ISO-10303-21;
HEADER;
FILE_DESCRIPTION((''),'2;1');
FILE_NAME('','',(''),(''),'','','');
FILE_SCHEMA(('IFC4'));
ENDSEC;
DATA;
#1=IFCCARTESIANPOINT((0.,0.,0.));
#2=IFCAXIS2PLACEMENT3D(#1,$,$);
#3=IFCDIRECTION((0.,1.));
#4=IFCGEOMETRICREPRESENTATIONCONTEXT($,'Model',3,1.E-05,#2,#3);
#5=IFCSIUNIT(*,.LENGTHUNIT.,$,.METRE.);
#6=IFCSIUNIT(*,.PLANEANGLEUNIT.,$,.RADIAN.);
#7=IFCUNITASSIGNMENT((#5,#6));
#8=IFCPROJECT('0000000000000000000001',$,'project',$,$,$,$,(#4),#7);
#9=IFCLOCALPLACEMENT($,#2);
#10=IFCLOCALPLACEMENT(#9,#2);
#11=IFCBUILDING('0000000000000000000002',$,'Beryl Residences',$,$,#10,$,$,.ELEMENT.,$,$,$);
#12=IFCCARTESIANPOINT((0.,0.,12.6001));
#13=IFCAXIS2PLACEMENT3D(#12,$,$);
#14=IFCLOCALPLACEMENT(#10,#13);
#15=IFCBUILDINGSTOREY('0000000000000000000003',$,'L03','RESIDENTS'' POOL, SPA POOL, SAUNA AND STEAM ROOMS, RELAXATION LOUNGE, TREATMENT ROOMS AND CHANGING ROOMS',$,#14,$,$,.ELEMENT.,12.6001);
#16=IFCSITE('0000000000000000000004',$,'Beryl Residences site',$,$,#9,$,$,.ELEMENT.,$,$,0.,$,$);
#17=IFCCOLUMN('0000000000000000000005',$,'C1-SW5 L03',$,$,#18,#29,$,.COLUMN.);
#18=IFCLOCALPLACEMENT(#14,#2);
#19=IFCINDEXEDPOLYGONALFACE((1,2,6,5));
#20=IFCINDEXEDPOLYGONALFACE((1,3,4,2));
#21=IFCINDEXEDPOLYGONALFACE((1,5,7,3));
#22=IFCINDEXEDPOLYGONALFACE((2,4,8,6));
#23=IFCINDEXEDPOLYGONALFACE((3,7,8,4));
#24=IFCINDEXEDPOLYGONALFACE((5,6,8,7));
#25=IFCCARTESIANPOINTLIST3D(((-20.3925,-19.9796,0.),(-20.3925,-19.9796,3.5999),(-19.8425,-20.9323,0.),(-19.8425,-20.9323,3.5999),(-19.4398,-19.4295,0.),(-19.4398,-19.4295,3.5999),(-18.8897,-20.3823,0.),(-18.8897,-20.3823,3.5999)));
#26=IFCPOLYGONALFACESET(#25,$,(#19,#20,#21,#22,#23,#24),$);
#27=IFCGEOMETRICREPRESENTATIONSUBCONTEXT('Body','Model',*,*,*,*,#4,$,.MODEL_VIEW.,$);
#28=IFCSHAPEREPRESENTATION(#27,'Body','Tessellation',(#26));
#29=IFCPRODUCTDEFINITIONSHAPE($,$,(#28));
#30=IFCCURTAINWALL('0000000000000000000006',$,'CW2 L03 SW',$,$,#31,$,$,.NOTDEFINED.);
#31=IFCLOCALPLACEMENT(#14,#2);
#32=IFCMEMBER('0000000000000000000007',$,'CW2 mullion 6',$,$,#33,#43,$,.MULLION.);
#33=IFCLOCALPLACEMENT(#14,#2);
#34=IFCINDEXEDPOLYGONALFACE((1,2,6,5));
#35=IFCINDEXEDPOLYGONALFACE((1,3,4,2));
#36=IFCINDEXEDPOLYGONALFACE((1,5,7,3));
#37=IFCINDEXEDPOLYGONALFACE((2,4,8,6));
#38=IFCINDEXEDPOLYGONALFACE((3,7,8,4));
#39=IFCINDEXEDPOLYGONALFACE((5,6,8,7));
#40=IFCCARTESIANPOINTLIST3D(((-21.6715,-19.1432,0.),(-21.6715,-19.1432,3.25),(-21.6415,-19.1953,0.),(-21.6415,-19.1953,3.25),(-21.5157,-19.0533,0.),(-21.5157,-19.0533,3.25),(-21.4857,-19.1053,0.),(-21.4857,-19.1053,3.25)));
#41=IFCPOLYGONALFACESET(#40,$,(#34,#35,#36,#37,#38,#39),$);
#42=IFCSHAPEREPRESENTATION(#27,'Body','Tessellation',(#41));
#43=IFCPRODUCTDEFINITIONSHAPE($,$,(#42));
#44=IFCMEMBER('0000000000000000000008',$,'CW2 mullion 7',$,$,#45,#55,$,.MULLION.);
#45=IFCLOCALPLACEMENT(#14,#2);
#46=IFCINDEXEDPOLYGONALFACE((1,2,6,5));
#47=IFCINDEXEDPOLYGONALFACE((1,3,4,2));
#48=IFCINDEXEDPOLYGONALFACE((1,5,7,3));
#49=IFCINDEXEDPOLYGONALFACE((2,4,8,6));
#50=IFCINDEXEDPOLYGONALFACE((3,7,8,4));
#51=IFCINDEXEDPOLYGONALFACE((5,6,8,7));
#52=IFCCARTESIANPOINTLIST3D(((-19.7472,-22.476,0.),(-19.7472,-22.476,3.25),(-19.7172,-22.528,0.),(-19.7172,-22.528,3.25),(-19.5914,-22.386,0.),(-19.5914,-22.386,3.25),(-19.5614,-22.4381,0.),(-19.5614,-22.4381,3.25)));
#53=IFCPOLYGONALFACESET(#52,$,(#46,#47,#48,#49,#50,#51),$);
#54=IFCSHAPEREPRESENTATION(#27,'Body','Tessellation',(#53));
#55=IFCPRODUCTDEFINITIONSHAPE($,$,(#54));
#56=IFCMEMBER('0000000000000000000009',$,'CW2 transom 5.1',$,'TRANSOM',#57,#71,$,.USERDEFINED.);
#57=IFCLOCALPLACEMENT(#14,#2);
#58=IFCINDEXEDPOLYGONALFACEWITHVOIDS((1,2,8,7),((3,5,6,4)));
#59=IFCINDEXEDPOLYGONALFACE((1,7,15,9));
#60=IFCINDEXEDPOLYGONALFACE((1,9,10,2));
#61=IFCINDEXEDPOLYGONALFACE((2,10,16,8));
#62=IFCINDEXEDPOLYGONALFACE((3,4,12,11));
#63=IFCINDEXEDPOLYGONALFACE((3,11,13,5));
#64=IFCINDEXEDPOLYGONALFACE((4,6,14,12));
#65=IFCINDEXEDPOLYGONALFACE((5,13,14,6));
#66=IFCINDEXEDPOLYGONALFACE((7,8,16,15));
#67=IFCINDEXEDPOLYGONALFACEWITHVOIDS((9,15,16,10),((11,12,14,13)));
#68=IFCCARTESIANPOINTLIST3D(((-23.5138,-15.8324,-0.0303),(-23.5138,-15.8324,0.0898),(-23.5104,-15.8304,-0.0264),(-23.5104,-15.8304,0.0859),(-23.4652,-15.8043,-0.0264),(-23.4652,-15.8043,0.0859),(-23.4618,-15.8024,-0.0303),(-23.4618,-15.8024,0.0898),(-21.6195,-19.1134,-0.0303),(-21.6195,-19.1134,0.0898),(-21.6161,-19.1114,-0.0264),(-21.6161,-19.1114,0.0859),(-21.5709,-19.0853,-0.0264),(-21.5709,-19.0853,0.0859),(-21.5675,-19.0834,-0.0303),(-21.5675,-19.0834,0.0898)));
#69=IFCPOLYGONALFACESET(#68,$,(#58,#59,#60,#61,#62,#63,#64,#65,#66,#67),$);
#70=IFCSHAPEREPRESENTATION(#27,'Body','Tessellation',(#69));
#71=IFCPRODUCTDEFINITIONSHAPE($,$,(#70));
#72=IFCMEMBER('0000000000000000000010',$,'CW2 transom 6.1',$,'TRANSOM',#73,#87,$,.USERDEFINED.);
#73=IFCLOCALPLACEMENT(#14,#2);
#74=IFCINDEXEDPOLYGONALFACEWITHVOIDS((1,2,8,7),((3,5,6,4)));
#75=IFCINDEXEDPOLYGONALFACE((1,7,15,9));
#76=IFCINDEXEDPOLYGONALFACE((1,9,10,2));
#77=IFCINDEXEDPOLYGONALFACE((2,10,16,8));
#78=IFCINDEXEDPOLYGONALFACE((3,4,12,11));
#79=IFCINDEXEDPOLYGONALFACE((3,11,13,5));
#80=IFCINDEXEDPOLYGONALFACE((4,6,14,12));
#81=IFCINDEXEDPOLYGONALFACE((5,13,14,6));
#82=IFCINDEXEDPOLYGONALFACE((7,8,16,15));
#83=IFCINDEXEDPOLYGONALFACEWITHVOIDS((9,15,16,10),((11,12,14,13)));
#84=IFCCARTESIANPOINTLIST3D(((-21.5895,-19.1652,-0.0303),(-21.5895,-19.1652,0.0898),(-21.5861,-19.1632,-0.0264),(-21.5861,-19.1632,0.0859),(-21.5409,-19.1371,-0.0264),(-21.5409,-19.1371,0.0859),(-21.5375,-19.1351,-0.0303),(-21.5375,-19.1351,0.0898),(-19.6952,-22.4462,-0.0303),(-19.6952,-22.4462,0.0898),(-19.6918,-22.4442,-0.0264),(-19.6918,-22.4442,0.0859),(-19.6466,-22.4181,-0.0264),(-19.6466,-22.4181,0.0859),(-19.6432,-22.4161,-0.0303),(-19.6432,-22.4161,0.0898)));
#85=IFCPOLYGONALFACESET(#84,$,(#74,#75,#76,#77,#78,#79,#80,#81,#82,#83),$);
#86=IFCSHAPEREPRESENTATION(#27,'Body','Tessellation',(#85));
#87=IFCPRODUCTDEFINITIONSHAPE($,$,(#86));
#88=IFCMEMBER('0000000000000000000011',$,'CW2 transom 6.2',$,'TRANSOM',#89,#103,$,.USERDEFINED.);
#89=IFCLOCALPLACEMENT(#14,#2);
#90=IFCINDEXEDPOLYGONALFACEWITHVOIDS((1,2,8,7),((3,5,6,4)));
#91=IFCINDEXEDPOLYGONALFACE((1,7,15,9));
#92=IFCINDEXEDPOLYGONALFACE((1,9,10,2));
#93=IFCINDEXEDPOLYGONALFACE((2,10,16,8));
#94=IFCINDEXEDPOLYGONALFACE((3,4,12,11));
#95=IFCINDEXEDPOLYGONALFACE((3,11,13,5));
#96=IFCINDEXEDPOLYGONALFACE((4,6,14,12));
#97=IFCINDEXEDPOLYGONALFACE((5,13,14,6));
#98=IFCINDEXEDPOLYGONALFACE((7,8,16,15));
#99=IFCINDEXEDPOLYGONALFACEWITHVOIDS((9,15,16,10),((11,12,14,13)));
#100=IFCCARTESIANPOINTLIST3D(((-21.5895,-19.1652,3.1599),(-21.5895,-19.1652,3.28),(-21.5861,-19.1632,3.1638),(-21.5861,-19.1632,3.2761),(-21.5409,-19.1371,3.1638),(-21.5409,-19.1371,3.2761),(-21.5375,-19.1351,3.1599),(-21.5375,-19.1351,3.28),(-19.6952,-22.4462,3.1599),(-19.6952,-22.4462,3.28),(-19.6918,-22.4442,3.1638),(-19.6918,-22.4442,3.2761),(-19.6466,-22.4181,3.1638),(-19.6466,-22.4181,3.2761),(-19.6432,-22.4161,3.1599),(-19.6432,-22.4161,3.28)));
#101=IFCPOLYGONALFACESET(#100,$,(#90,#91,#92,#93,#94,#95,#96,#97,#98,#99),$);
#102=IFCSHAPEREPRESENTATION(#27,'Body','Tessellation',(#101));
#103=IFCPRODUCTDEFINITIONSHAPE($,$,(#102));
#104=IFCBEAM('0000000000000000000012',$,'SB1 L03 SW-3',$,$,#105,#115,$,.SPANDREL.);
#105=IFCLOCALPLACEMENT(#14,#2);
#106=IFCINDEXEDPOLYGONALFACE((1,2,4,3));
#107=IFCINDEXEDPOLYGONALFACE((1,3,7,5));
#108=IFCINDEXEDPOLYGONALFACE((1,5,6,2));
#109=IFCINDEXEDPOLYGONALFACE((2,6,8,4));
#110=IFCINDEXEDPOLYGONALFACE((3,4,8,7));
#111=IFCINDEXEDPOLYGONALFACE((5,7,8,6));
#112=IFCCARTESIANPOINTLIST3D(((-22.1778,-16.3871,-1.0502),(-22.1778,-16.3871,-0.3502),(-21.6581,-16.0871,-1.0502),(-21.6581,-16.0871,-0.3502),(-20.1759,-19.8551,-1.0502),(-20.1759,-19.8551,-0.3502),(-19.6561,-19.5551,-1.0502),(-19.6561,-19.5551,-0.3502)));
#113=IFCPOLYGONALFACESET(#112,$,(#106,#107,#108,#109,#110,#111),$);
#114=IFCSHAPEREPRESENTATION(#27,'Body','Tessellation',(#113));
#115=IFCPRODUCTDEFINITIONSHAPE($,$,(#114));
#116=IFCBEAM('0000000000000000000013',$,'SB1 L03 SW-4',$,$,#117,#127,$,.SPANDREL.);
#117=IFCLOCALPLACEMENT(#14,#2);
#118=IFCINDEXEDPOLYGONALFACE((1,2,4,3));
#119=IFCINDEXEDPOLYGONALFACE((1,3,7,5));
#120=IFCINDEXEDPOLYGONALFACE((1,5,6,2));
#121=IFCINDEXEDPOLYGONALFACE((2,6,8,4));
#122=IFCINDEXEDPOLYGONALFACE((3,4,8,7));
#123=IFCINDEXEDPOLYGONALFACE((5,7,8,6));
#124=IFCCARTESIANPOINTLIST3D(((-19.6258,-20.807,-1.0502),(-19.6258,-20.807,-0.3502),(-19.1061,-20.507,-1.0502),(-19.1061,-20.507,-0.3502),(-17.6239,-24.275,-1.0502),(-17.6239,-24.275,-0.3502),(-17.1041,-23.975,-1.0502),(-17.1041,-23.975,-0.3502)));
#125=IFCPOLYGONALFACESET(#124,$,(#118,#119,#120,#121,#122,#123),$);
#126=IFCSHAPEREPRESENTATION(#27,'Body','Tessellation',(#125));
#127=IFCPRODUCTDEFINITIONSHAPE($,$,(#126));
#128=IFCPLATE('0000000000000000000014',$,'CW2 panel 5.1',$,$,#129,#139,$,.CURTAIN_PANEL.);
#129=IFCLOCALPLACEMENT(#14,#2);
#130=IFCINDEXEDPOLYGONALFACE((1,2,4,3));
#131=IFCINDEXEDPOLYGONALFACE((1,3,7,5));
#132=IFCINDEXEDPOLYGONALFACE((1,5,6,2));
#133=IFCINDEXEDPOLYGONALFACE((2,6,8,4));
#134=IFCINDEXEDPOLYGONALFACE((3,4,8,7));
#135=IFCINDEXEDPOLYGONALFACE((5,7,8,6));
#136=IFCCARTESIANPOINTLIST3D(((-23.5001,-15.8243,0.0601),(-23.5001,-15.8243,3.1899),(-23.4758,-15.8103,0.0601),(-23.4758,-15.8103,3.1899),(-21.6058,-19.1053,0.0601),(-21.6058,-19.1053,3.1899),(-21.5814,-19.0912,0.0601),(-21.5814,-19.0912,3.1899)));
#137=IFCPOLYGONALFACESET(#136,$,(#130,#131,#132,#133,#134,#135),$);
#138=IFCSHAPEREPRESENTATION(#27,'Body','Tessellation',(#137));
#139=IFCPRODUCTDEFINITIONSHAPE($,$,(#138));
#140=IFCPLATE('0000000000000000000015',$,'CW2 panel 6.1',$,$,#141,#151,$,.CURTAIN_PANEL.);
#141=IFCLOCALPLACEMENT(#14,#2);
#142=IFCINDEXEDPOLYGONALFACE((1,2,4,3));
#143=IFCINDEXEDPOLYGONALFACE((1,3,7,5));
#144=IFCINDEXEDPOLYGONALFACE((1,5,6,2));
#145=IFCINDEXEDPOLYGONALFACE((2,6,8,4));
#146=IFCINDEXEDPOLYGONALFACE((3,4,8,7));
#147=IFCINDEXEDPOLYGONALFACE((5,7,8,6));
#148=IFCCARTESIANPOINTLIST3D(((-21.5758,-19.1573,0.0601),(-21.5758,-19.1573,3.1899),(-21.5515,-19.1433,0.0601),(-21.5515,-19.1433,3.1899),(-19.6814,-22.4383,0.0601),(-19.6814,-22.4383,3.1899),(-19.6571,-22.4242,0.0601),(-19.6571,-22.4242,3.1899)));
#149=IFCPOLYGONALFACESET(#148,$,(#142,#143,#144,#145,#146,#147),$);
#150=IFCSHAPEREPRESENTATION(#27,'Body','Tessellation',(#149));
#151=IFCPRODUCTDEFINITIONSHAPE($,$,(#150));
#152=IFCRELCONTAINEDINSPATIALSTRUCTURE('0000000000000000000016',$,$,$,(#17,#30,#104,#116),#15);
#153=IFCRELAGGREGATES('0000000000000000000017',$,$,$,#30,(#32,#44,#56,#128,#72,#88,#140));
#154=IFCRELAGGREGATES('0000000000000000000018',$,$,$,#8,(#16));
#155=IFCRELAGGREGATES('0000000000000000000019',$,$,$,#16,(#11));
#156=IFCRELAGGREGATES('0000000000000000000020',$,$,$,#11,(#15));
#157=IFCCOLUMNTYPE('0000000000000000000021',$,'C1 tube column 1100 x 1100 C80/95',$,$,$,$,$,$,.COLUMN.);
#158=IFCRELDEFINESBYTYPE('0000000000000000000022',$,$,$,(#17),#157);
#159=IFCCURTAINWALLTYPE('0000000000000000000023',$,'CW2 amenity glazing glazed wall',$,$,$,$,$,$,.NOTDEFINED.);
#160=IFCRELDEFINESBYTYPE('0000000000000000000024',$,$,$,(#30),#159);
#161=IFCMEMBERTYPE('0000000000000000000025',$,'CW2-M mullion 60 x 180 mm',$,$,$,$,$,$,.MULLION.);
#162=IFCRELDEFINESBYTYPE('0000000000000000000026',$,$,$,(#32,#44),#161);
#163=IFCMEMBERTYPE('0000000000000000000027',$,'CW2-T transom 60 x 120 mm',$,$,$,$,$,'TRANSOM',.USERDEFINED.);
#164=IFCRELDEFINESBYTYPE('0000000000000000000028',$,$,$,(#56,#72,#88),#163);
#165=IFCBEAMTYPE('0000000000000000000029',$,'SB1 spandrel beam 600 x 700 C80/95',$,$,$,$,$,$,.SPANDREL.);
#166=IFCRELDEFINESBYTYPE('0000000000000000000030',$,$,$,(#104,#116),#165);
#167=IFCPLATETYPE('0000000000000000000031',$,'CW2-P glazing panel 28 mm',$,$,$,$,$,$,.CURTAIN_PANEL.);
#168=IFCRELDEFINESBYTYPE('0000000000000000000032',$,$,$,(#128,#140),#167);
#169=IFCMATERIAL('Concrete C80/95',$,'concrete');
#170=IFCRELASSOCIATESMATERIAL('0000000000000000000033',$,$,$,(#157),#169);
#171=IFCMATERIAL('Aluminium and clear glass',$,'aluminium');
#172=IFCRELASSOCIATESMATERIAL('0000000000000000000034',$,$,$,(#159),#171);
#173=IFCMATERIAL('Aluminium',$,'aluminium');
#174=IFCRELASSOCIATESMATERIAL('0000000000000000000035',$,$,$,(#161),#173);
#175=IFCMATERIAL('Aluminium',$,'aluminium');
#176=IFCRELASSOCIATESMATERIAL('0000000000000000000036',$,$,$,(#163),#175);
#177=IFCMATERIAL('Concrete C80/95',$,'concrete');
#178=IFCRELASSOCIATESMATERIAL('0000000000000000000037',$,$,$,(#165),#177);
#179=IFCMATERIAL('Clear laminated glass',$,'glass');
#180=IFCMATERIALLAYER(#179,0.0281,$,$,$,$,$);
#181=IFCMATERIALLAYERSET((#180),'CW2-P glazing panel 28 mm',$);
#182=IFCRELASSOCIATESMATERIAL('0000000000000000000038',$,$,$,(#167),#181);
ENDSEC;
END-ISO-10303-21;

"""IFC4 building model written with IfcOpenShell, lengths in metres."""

from ifc_helpers import new_model, si_unit, direction, frame, origin, origin_2d, place, context, subcontext, project, spatial, rectangle, hollow_rectangle, extrude, material, layer, layer_set, material_profile, profile_set, type_object, element, aggregate, save


model = new_model("IFC4")

# Units and contexts
model_context = context("Model", 3, precision=1e-05, world=origin(), true_north=direction((0.0, 1.0)))
body_context = subcontext(model_context, "Body", "Model", "MODEL_VIEW")
ifc_project = project(units=[si_unit("LENGTHUNIT", "METRE"), si_unit("PLANEANGLEUNIT", "RADIAN")], contexts=[model_context])

# Site, building, storey
site_placement = place(None, origin())
site = spatial("IfcSite", under=ifc_project, at=site_placement, Name="Beryl Residences site", CompositionType="ELEMENT", RefElevation=0.0)
building_placement = place(site_placement, origin())
building = spatial("IfcBuilding", under=site, at=building_placement, Name="Beryl Residences", CompositionType="ELEMENT")
storey_placement = place(building_placement, frame((0.0, 0.0, 12.6001)))
storey = spatial("IfcBuildingStorey", under=building, at=storey_placement, Name="L03", Description="RESIDENTS' POOL, SPA POOL, SAUNA AND STEAM ROOMS, RELAXATION LOUNGE, TREATMENT ROOMS AND CHANGING ROOMS", CompositionType="ELEMENT", Elevation=12.6001)

# Column
ifc_material_1 = material(Name="Concrete C80/95", Category="concrete")
ifc_material_profile_1 = material_profile(ifc_material_1, rectangle(XDim=1.1001, YDim=1.1001, at=origin_2d()))
ifc_profile_set_1 = profile_set([ifc_material_profile_1], Name="Concrete C80/95")
column_type = type_object("IfcColumnType", Name="C1 tube column 1100 x 1100 C80/95", PredefinedType="COLUMN", material=ifc_profile_set_1)
column_placement = place(storey_placement, frame((-19.6411, -20.1809, 0.0), z_axis=(0.0, 0.0, 1.0), x_axis=(0.499985, -0.866034, 0.0)))
element("IfcColumn", 1, at=column_placement, inside=storey, type_object=column_type, Name="C1-SW5 L03", PredefinedType="COLUMN", context=body_context, shape_type="SweptSolid", body=[
    extrude(rectangle(XDim=1.1001, YDim=1.1001, at=origin_2d()), origin(), (0.0, 0.0, 1.0), 3.5999),
])

# Curtain wall, members
ifc_material_2 = material(Name="Aluminium and clear glass", Category="aluminium")
curtain_wall_type = type_object("IfcCurtainWallType", Name="CW2 amenity glazing glazed wall", PredefinedType="NOTDEFINED", material=ifc_material_2)
curtain_wall_placement = place(storey_placement, origin())
curtain_wall = element("IfcCurtainWall", 2, at=curtain_wall_placement, inside=storey, type_object=curtain_wall_type, Name="CW2 L03 SW", PredefinedType="NOTDEFINED")
ifc_material_3 = material(Name="Aluminium", Category="aluminium")
ifc_material_profile_2 = material_profile(ifc_material_3, rectangle(XDim=0.0601, YDim=0.1799, at=origin_2d()))
ifc_profile_set_2 = profile_set([ifc_material_profile_2], Name="Aluminium")
member_type_1 = type_object("IfcMemberType", Name="CW2-M mullion 60 x 180 mm", PredefinedType="MULLION", material=ifc_profile_set_2)
member_1_placement = place(storey_placement, frame((-21.5786, -19.1243, 0.0), z_axis=(0.0, 0.0, 1.0), x_axis=(0.500012, -0.866019, 0.0)))
member_1 = element("IfcMember", 3, at=member_1_placement, type_object=member_type_1, Name="CW2 mullion 6", PredefinedType="MULLION", context=body_context, shape_type="SweptSolid", body=[
    extrude(rectangle(XDim=0.0601, YDim=0.1799, at=origin_2d()), origin(), (0.0, 0.0, 1.0), 3.25),
])
member_2_placement = place(storey_placement, frame((-19.6543, -22.457, 0.0), z_axis=(0.0, 0.0, 1.0), x_axis=(0.500012, -0.866019, 0.0)))
member_2 = element("IfcMember", 4, at=member_2_placement, type_object=member_type_1, Name="CW2 mullion 7", PredefinedType="MULLION", context=body_context, shape_type="SweptSolid", body=[
    extrude(rectangle(XDim=0.0601, YDim=0.1799, at=origin_2d()), origin(), (0.0, 0.0, 1.0), 3.25),
])
ifc_material_4 = material(Name="Aluminium", Category="aluminium")
ifc_material_profile_3 = material_profile(ifc_material_4, hollow_rectangle(XDim=0.0601, YDim=0.1201, WallThickness=0.0039, at=origin_2d()))
ifc_profile_set_3 = profile_set([ifc_material_profile_3], Name="Aluminium")
member_type_2 = type_object("IfcMemberType", Name="CW2-T transom 60 x 120 mm", ElementType="TRANSOM", PredefinedType="USERDEFINED", material=ifc_profile_set_3)
member_3_placement = place(storey_placement, frame((-23.4878, -15.8174, 0.0298), z_axis=(0.5, -0.866026, 0.0), x_axis=(0.866026, 0.5, 0.0)))
member_3 = element("IfcMember", 5, at=member_3_placement, type_object=member_type_2, Name="CW2 transom 5.1", ObjectType="TRANSOM", PredefinedType="USERDEFINED", context=body_context, shape_type="SweptSolid", body=[
    extrude(hollow_rectangle(XDim=0.0601, YDim=0.1201, WallThickness=0.0039, at=origin_2d()), origin(), (0.0, 0.0, 1.0), 3.7886),
])
member_4_placement = place(storey_placement, frame((-21.5635, -19.1501, 0.0298), z_axis=(0.5, -0.866026, 0.0), x_axis=(0.866026, 0.5, 0.0)))
member_4 = element("IfcMember", 6, at=member_4_placement, type_object=member_type_2, Name="CW2 transom 6.1", ObjectType="TRANSOM", PredefinedType="USERDEFINED", context=body_context, shape_type="SweptSolid", body=[
    extrude(hollow_rectangle(XDim=0.0601, YDim=0.1201, WallThickness=0.0039, at=origin_2d()), origin(), (0.0, 0.0, 1.0), 3.7886),
])
member_5_placement = place(storey_placement, frame((-21.5635, -19.1501, 3.22), z_axis=(0.5, -0.866026, 0.0), x_axis=(0.866026, 0.5, 0.0)))
member_5 = element("IfcMember", 7, at=member_5_placement, type_object=member_type_2, Name="CW2 transom 6.2", ObjectType="TRANSOM", PredefinedType="USERDEFINED", context=body_context, shape_type="SweptSolid", body=[
    extrude(hollow_rectangle(XDim=0.0601, YDim=0.1201, WallThickness=0.0039, at=origin_2d()), origin(), (0.0, 0.0, 1.0), 3.7886),
])

# Beams
ifc_material_5 = material(Name="Concrete C80/95", Category="concrete")
ifc_material_profile_4 = material_profile(ifc_material_5, rectangle(XDim=0.6001, YDim=0.7, at=origin_2d()))
ifc_profile_set_4 = profile_set([ifc_material_profile_4], Name="Concrete C80/95")
beam_type = type_object("IfcBeamType", Name="SB1 spandrel beam 600 x 700 C80/95", PredefinedType="SPANDREL", material=ifc_profile_set_4)
for number, where, z_axis, x_axis, name in (
    (8, (-21.918, -16.2371, -0.7002), (0.499942, -0.866059, 0.0), (0.866059, 0.499942, 0.0), "SB1 L03 SW-3"),
    (9, (-19.366, -20.657, -0.7002), (0.499942, -0.866059, 0.0), (0.866059, 0.499942, 0.0), "SB1 L03 SW-4"),
):
    element("IfcBeam", number, at=place(storey_placement, frame(where, z_axis=z_axis, x_axis=x_axis)), inside=storey, type_object=beam_type, Name=name, PredefinedType="SPANDREL", context=body_context, shape_type="SweptSolid", body=[
        extrude(rectangle(XDim=0.6001, YDim=0.7, at=origin_2d()), origin(), (0.0, 0.0, 1.0), 4.0044),
    ])

# Plates
ifc_material_6 = material(Name="Clear laminated glass", Category="glass")
ifc_layer_1 = layer(ifc_material_6, 0.0281)
ifc_layer_set_1 = layer_set([ifc_layer_1], Name="CW2-P glazing panel 28 mm")
plate_type = type_object("IfcPlateType", Name="CW2-P glazing panel 28 mm", PredefinedType="CURTAIN_PANEL", material=ifc_layer_set_1)
plate_1_placement = place(storey_placement, frame((-22.5408, -17.4578, 0.0601), z_axis=(0.0, 0.0, 1.0), x_axis=(0.500012, -0.866019, 0.0)))
plate_1 = element("IfcPlate", 10, at=plate_1_placement, type_object=plate_type, Name="CW2 panel 5.1", PredefinedType="CURTAIN_PANEL", context=body_context, shape_type="SweptSolid", body=[
    extrude(rectangle(XDim=3.7886, YDim=0.0281, at=origin_2d()), origin(), (0.0, 0.0, 1.0), 3.1299),
])
plate_2_placement = place(storey_placement, frame((-20.6165, -20.7908, 0.0601), z_axis=(0.0, 0.0, 1.0), x_axis=(0.500012, -0.866019, 0.0)))
plate_2 = element("IfcPlate", 11, at=plate_2_placement, type_object=plate_type, Name="CW2 panel 6.1", PredefinedType="CURTAIN_PANEL", context=body_context, shape_type="SweptSolid", body=[
    extrude(rectangle(XDim=3.7886, YDim=0.0281, at=origin_2d()), origin(), (0.0, 0.0, 1.0), 3.1299),
])
aggregate(curtain_wall, [member_1, member_2, member_3, plate_1, member_4, member_5, plate_2])

save(model, "model.ifc")
